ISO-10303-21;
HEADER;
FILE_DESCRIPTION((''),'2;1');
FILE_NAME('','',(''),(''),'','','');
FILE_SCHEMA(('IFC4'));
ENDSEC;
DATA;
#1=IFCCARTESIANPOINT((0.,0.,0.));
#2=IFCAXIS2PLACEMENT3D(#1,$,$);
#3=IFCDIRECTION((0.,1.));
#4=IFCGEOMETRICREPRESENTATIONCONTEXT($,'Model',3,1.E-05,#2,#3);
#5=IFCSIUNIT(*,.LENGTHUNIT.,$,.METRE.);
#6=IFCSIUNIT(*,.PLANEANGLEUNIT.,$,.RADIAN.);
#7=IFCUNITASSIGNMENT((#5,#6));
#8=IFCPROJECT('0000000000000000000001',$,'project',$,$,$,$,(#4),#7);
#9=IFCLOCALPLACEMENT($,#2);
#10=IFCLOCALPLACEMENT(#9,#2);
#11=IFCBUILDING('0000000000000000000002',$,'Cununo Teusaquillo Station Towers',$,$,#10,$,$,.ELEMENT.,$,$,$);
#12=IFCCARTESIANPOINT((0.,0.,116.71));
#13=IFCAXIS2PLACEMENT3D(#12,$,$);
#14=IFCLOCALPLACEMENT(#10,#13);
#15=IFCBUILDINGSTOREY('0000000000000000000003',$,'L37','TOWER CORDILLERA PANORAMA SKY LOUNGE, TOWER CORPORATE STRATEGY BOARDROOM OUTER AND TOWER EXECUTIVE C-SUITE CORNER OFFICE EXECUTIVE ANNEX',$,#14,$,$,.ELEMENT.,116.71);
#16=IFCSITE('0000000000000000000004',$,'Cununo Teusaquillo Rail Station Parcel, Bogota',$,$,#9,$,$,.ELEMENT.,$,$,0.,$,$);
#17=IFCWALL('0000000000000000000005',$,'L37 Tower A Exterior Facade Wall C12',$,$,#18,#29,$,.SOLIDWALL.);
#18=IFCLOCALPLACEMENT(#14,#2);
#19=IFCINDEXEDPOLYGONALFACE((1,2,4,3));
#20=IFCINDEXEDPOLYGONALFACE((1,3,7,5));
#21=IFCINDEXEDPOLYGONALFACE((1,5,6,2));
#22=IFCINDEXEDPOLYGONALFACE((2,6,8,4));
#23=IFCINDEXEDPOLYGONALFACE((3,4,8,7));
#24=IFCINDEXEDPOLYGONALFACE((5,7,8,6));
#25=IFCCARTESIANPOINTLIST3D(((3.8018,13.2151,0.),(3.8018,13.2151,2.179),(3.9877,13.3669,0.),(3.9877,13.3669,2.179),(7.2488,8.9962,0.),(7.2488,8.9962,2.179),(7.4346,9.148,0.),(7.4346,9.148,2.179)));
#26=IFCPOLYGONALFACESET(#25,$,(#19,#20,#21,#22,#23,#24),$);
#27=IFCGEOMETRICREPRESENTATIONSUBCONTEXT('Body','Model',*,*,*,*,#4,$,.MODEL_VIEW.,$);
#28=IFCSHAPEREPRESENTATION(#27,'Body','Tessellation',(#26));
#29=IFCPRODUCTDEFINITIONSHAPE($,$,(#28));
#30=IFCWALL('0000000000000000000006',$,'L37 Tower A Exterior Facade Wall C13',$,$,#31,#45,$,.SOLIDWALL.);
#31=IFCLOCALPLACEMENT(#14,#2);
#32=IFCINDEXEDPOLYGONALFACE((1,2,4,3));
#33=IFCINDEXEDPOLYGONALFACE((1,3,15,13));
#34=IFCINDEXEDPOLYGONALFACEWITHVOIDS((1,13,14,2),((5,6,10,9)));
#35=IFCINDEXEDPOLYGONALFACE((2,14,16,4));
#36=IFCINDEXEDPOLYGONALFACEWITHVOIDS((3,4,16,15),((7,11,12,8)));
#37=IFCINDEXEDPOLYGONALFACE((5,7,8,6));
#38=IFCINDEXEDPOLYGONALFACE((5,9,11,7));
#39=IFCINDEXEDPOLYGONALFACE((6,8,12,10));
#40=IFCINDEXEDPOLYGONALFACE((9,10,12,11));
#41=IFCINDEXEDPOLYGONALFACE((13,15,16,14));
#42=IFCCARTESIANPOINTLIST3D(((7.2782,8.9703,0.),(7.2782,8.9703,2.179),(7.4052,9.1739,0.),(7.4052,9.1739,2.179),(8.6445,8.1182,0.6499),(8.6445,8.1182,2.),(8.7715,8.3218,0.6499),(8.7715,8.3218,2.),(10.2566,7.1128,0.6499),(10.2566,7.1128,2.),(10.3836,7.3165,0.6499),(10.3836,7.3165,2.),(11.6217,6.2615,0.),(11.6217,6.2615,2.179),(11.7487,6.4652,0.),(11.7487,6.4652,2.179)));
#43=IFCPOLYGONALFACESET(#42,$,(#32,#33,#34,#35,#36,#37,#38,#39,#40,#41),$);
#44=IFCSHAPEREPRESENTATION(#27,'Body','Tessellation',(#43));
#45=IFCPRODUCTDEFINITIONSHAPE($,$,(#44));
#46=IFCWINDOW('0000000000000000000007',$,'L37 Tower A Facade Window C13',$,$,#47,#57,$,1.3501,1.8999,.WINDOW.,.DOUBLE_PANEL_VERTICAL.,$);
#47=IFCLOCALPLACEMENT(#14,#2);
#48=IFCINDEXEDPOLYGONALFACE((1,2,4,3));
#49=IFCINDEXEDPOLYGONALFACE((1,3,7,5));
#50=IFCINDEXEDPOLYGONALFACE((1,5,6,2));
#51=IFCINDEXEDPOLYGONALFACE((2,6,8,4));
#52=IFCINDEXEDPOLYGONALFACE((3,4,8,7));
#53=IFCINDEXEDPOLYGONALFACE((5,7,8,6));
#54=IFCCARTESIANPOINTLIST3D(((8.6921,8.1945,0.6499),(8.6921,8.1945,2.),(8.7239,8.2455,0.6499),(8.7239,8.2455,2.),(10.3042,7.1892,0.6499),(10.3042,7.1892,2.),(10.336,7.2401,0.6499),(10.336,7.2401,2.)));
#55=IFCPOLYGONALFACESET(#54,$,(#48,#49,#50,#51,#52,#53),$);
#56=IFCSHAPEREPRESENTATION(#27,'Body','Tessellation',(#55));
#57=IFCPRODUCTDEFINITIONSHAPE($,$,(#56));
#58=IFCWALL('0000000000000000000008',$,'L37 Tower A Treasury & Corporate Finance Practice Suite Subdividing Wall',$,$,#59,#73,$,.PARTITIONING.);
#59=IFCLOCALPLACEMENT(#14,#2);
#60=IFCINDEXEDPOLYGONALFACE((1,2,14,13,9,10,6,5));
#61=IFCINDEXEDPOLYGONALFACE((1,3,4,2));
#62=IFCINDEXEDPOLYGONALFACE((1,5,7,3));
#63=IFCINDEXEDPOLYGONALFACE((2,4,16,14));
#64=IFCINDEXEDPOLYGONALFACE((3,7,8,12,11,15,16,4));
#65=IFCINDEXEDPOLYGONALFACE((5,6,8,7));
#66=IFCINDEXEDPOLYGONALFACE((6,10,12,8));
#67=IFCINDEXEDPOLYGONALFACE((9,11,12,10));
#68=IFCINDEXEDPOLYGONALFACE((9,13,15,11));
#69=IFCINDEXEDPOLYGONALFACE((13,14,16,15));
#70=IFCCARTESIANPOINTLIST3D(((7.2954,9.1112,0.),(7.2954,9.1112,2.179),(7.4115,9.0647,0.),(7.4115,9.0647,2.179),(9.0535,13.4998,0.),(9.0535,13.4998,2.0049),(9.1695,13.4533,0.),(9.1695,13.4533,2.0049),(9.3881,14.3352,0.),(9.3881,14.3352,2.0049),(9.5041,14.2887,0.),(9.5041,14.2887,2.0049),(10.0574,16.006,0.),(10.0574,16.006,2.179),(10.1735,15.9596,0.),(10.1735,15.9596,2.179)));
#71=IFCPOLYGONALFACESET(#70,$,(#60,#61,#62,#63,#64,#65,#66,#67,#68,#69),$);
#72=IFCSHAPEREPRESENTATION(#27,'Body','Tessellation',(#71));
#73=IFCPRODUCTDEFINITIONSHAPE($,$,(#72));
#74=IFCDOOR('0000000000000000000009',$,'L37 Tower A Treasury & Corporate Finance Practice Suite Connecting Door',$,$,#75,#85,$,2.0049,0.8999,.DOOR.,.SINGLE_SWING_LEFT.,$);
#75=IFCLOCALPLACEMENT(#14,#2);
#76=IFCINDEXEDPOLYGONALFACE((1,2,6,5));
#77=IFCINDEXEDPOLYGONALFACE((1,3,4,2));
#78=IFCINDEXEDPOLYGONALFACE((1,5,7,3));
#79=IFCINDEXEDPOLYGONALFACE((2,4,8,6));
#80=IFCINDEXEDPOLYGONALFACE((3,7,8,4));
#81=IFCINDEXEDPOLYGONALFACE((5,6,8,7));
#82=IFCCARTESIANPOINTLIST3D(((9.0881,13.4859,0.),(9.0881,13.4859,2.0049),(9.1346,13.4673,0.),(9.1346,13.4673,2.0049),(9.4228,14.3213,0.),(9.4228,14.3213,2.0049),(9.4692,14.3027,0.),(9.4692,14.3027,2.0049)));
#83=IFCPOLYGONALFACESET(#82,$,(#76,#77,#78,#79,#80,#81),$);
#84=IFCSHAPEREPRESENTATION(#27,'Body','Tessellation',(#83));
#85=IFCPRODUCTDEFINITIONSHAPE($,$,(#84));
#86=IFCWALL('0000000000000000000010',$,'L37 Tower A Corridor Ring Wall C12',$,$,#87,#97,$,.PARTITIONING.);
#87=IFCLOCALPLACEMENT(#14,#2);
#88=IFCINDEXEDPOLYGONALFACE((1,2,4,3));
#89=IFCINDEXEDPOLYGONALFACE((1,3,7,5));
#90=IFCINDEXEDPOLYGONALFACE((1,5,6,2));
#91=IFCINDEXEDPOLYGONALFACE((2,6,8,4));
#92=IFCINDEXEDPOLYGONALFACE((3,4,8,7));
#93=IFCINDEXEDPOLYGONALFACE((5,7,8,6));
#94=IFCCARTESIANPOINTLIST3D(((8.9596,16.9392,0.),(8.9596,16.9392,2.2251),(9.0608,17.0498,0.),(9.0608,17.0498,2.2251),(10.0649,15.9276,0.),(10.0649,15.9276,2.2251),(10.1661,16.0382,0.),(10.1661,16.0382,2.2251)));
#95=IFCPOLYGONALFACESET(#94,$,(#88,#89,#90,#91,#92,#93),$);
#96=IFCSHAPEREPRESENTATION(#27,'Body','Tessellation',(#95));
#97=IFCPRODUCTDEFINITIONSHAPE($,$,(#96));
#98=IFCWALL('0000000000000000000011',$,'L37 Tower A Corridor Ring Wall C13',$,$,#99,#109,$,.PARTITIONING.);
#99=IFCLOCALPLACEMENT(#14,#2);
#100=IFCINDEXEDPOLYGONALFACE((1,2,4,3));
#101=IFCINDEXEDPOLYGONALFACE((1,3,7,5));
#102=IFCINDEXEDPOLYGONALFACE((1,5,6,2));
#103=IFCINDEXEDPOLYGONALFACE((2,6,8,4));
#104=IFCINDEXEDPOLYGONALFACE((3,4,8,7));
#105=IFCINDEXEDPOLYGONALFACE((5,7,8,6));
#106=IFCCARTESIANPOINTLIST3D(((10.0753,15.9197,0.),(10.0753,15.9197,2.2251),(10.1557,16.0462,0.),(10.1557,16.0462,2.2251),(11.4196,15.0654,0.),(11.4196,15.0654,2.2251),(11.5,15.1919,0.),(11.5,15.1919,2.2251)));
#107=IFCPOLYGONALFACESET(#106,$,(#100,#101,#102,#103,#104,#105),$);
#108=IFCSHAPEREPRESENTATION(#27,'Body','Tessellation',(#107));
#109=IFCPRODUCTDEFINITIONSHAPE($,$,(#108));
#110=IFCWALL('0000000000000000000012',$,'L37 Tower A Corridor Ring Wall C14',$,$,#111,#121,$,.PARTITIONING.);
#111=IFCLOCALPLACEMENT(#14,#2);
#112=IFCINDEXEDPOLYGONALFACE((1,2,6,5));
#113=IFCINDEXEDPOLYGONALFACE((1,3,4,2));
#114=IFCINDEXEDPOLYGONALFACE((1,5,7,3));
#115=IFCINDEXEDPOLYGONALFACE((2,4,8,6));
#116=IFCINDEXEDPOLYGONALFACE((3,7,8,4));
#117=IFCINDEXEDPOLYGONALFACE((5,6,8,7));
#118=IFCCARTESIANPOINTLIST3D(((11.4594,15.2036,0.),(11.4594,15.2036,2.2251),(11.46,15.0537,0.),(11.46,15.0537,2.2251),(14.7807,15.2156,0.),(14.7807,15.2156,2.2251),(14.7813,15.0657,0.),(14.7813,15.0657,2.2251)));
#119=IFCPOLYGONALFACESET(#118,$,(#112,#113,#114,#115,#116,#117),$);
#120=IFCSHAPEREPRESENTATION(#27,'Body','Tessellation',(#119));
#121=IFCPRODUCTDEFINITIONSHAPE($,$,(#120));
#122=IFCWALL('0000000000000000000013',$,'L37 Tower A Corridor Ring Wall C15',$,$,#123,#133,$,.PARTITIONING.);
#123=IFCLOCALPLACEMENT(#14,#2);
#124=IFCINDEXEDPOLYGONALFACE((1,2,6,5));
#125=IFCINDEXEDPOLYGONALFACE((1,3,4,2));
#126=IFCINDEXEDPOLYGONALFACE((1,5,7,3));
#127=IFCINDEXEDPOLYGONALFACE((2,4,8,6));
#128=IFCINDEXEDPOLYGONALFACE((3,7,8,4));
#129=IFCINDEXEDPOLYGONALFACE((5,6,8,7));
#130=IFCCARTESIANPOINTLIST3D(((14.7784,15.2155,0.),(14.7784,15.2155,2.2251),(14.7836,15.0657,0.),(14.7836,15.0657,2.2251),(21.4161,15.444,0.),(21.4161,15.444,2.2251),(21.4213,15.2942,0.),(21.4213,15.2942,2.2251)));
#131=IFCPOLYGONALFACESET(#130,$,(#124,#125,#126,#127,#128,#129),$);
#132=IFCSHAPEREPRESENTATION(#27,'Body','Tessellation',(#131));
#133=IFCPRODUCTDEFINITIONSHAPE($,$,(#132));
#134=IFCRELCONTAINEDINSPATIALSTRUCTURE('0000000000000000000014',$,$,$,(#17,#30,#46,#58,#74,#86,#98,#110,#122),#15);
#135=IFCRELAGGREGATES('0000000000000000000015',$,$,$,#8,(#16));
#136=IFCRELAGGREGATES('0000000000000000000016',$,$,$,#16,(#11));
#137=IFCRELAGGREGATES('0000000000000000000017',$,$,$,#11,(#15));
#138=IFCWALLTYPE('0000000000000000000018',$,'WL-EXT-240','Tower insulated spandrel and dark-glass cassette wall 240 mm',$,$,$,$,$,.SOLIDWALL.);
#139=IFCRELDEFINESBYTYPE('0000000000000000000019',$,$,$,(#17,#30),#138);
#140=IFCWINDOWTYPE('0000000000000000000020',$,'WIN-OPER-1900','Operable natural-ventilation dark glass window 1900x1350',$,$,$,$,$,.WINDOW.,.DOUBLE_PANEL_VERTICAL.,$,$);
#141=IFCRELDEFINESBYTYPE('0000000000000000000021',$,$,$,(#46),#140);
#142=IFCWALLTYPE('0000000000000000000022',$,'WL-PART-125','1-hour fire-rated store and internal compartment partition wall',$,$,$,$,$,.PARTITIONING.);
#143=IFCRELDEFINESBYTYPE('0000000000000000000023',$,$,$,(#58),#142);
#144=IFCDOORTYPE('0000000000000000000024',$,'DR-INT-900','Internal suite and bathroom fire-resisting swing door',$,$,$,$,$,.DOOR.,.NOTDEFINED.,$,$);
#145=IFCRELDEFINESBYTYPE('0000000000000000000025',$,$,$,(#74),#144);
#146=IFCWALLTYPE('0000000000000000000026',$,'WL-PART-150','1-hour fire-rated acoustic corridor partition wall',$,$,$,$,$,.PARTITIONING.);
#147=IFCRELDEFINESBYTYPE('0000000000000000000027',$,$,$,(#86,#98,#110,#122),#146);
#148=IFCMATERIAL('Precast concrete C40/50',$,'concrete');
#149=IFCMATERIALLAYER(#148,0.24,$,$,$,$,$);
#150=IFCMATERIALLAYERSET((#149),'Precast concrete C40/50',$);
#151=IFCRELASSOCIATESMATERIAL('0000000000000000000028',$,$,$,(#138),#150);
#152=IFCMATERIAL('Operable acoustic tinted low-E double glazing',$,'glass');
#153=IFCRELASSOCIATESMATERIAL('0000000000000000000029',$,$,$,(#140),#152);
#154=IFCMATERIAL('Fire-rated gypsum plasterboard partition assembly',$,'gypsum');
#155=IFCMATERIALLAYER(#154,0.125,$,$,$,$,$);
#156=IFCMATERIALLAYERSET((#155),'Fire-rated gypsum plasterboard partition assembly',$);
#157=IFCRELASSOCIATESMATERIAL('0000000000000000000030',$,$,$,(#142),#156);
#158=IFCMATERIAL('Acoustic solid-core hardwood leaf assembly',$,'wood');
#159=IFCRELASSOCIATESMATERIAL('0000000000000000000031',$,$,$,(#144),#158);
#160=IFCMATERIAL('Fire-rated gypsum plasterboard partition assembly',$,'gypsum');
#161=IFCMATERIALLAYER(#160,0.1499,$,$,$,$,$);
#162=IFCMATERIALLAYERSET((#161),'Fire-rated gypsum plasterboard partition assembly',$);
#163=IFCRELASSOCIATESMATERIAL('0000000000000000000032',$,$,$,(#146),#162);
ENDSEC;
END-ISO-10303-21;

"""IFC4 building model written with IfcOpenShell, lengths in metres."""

from ifc_helpers import new_model, si_unit, direction, frame, frame_2d, origin, place, context, subcontext, project, spatial, rectangle, extrude, source, transform, mapped, material, layer, layer_set, type_object, element, fill, save


model = new_model("IFC4")

# Units and contexts
model_context = context("Model", 3, precision=1e-05, world=origin(), true_north=direction((0.0, 1.0)))
body_context = subcontext(model_context, "Body", "Model", "MODEL_VIEW")
ifc_project = project(units=[si_unit("LENGTHUNIT", "METRE"), si_unit("PLANEANGLEUNIT", "RADIAN")], contexts=[model_context])

# Site, building, storey
site_placement = place(None, origin())
site = spatial("IfcSite", under=ifc_project, at=site_placement, Name="Cununo Teusaquillo Rail Station Parcel, Bogota", CompositionType="ELEMENT", RefElevation=0.0)
building_placement = place(site_placement, origin())
building = spatial("IfcBuilding", under=site, at=building_placement, Name="Cununo Teusaquillo Station Towers", CompositionType="ELEMENT")
storey_placement = place(building_placement, frame((0.0, 0.0, 116.71)))
storey = spatial("IfcBuildingStorey", under=building, at=storey_placement, Name="L37", Description="TOWER CORDILLERA PANORAMA SKY LOUNGE, TOWER CORPORATE STRATEGY BOARDROOM OUTER AND TOWER EXECUTIVE C-SUITE CORNER OFFICE EXECUTIVE ANNEX", CompositionType="ELEMENT", Elevation=116.71)

# Shared definitions
ifc_material_1 = material(Name="Precast concrete C40/50", Category="concrete")
ifc_layer_1 = layer(ifc_material_1, 0.24)
ifc_layer_set_1 = layer_set([ifc_layer_1], Name="Precast concrete C40/50")
wall_type_1 = type_object("IfcWallType", Name="WL-EXT-240", Description="Tower insulated spandrel and dark-glass cassette wall 240 mm", PredefinedType="SOLIDWALL", material=ifc_layer_set_1)

# Wall
wall_1_placement = place(storey_placement, frame((7.3418, 9.072, 0.0), z_axis=(0.0, 0.0, 1.0), x_axis=(-0.632701, 0.774396, 0.0)))
element("IfcWall", 1, at=wall_1_placement, inside=storey, type_object=wall_type_1, Name="L37 Tower A Exterior Facade Wall C12", PredefinedType="SOLIDWALL", context=body_context, shape_type="SweptSolid", body=[
    extrude(rectangle(XDim=5.448, YDim=0.24, at=frame_2d((2.7241, 0.0))), origin(), (0.0, 0.0, 1.0), 2.179),
])

# Wall, opening, window
wall_2_placement = place(storey_placement, frame((11.6853, 6.3633, 0.0), z_axis=(0.0, 0.0, 1.0), x_axis=(-0.84852, 0.529163, 0.0)))
wall_2 = element("IfcWall", 2, at=wall_2_placement, inside=storey, type_object=wall_type_1, Name="L37 Tower A Exterior Facade Wall C13", PredefinedType="SOLIDWALL", context=body_context, shape_type="SweptSolid", body=[
    extrude(rectangle(XDim=5.1189, YDim=0.24, at=frame_2d((2.5596, 0.0))), origin(), (0.0, 0.0, 1.0), 2.179),
])
shared_shape_1 = source(origin(), body_context, "Body", "SweptSolid", [
    extrude(rectangle(XDim=1.8999, YDim=1.3501, at=frame_2d((0.95, 0.675))), frame((0.0, 0.1299, 0.0), z_axis=(0.0, -1.0, 0.0), x_axis=(1.0, 0.0, 0.0)), (0.0, 0.0, 1.0), 0.26),
])
opening_1_placement = place(wall_2_placement, frame((1.6089, 0.0, 0.6499)))
opening_1 = element("IfcOpeningElement", 3, at=opening_1_placement, cuts=wall_2, PredefinedType="OPENING", context=body_context, shape_type="MappedRepresentation", body=[
    mapped(shared_shape_1, transform((0.0, 0.0, 0.0), x_axis=(1.0, 0.0, 0.0), y_axis=(0.0, 1.0, 0.0), z_axis=(0.0, 0.0, 1.0), scale=1.0)),
])
ifc_material_2 = material(Name="Operable acoustic tinted low-E double glazing", Category="glass")
window_type_1 = type_object("IfcWindowType", Name="WIN-OPER-1900", Description="Operable natural-ventilation dark glass window 1900x1350", PartitioningType="DOUBLE_PANEL_VERTICAL", PredefinedType="WINDOW", material=ifc_material_2)
shared_shape_2 = source(origin(), body_context, "Body", "SweptSolid", [
    extrude(rectangle(XDim=1.8999, YDim=1.3501, at=frame_2d((0.95, 0.675))), frame((0.0, 0.03, 0.0), z_axis=(0.0, -1.0, 0.0), x_axis=(1.0, 0.0, 0.0)), (0.0, 0.0, 1.0), 0.0601),
])
window_1_placement = place(opening_1_placement, origin())
window_1 = element("IfcWindow", 4, at=window_1_placement, inside=storey, type_object=window_type_1, Name="L37 Tower A Facade Window C13", OverallHeight=1.3501, OverallWidth=1.8999, PartitioningType="DOUBLE_PANEL_VERTICAL", PredefinedType="WINDOW", context=body_context, shape_type="MappedRepresentation", body=[
    mapped(shared_shape_2, transform((0.0, 0.0, 0.0), x_axis=(1.0, 0.0, 0.0), y_axis=(0.0, 1.0, 0.0), z_axis=(0.0, 0.0, 1.0), scale=1.0)),
])
fill(opening_1, window_1)

# Wall, opening, door
ifc_material_3 = material(Name="Fire-rated gypsum plasterboard partition assembly", Category="gypsum")
ifc_layer_2 = layer(ifc_material_3, 0.125)
ifc_layer_set_2 = layer_set([ifc_layer_2], Name="Fire-rated gypsum plasterboard partition assembly")
wall_type_2 = type_object("IfcWallType", Name="WL-PART-125", Description="1-hour fire-rated store and internal compartment partition wall", PredefinedType="PARTITIONING", material=ifc_layer_set_2)
wall_3_placement = place(storey_placement, frame((10.1155, 15.9829, 0.0), z_axis=(0.0, 0.0, 1.0), x_axis=(-0.371861, -0.928288, 0.0)))
wall_3 = element("IfcWall", 5, at=wall_3_placement, inside=storey, type_object=wall_type_2, Name="L37 Tower A Treasury & Corporate Finance Practice Suite Subdividing Wall", PredefinedType="PARTITIONING", context=body_context, shape_type="SweptSolid", body=[
    extrude(rectangle(XDim=7.4275, YDim=0.125, at=frame_2d((3.7139, 0.0))), origin(), (0.0, 0.0, 1.0), 2.179),
])
shared_shape_3 = source(origin(), body_context, "Body", "SweptSolid", [
    extrude(rectangle(XDim=0.8999, YDim=2.0049, at=frame_2d((0.45, 1.0024))), frame((0.0, 0.0725, 0.0), z_axis=(0.0, -1.0, 0.0), x_axis=(1.0, 0.0, 0.0)), (0.0, 0.0, 1.0), 0.145),
])
opening_2_placement = place(wall_3_placement, frame((1.8, 0.0, 0.0)))
opening_2 = element("IfcOpeningElement", 6, at=opening_2_placement, cuts=wall_3, PredefinedType="OPENING", context=body_context, shape_type="MappedRepresentation", body=[
    mapped(shared_shape_3, transform((0.0, 0.0, 0.0), x_axis=(1.0, 0.0, 0.0), y_axis=(0.0, 1.0, 0.0), z_axis=(0.0, 0.0, 1.0), scale=1.0)),
])
ifc_material_4 = material(Name="Acoustic solid-core hardwood leaf assembly", Category="wood")
door_type = type_object("IfcDoorType", Name="DR-INT-900", Description="Internal suite and bathroom fire-resisting swing door", OperationType="NOTDEFINED", PredefinedType="DOOR", material=ifc_material_4)
shared_shape_4 = source(origin(), body_context, "Body", "SweptSolid", [
    extrude(rectangle(XDim=0.8999, YDim=2.0049, at=frame_2d((0.45, 1.0024))), frame((0.0, 0.0249, 0.0), z_axis=(0.0, -1.0, 0.0), x_axis=(1.0, 0.0, 0.0)), (0.0, 0.0, 1.0), 0.05),
])
door_placement = place(opening_2_placement, origin())
door = element("IfcDoor", 7, at=door_placement, inside=storey, type_object=door_type, Name="L37 Tower A Treasury & Corporate Finance Practice Suite Connecting Door", OperationType="SINGLE_SWING_LEFT", OverallHeight=2.0049, OverallWidth=0.8999, PredefinedType="DOOR", context=body_context, shape_type="MappedRepresentation", body=[
    mapped(shared_shape_4, transform((0.0, 0.0, 0.0), x_axis=(1.0, 0.0, 0.0), y_axis=(0.0, 1.0, 0.0), z_axis=(0.0, 0.0, 1.0), scale=1.0)),
])
fill(opening_2, door)

# Walls
ifc_material_5 = material(Name="Fire-rated gypsum plasterboard partition assembly", Category="gypsum")
ifc_layer_3 = layer(ifc_material_5, 0.1499)
ifc_layer_set_3 = layer_set([ifc_layer_3], Name="Fire-rated gypsum plasterboard partition assembly")
wall_type_3 = type_object("IfcWallType", Name="WL-PART-150", Description="1-hour fire-rated acoustic corridor partition wall", PredefinedType="PARTITIONING", material=ifc_layer_set_3)
wall_4_placement = place(storey_placement, frame((9.0103, 16.9944, 0.0), z_axis=(0.0, 0.0, 1.0), x_axis=(0.737702, -0.675127, 0.0)))
element("IfcWall", 8, at=wall_4_placement, inside=storey, type_object=wall_type_3, Name="L37 Tower A Corridor Ring Wall C12", PredefinedType="PARTITIONING", context=body_context, shape_type="SweptSolid", body=[
    extrude(rectangle(XDim=1.4983, YDim=0.1499, at=frame_2d((0.749, 0.0))), origin(), (0.0, 0.0, 1.0), 2.2251),
])
wall_5_placement = place(storey_placement, frame((10.1155, 15.9829, 0.0), z_axis=(0.0, 0.0, 1.0), x_axis=(0.843996, -0.53635, 0.0)))
element("IfcWall", 9, at=wall_5_placement, inside=storey, type_object=wall_type_3, Name="L37 Tower A Corridor Ring Wall C13", PredefinedType="PARTITIONING", context=body_context, shape_type="SweptSolid", body=[
    extrude(rectangle(XDim=1.5928, YDim=0.1499, at=frame_2d((0.7964, 0.0))), origin(), (0.0, 0.0, 1.0), 2.2251),
])
wall_6_placement = place(storey_placement, frame((11.4597, 15.1287, 0.0), z_axis=(0.0, 0.0, 1.0), x_axis=(0.999994, 0.003602, 0.0)))
element("IfcWall", 10, at=wall_6_placement, inside=storey, type_object=wall_type_3, Name="L37 Tower A Corridor Ring Wall C14", PredefinedType="PARTITIONING", context=body_context, shape_type="SweptSolid", body=[
    extrude(rectangle(XDim=3.3213, YDim=0.1499, at=frame_2d((1.6606, 0.0))), origin(), (0.0, 0.0, 1.0), 2.2251),
])
wall_7_placement = place(storey_placement, frame((14.781, 15.1406, 0.0), z_axis=(0.0, 0.0, 1.0), x_axis=(0.999408, 0.034407, 0.0)))
element("IfcWall", 11, at=wall_7_placement, inside=storey, type_object=wall_type_3, Name="L37 Tower A Corridor Ring Wall C15", PredefinedType="PARTITIONING", context=body_context, shape_type="SweptSolid", body=[
    extrude(rectangle(XDim=6.6416, YDim=0.1499, at=frame_2d((3.3208, 0.0))), origin(), (0.0, 0.0, 1.0), 2.2251),
])

save(model, "model.ifc")
